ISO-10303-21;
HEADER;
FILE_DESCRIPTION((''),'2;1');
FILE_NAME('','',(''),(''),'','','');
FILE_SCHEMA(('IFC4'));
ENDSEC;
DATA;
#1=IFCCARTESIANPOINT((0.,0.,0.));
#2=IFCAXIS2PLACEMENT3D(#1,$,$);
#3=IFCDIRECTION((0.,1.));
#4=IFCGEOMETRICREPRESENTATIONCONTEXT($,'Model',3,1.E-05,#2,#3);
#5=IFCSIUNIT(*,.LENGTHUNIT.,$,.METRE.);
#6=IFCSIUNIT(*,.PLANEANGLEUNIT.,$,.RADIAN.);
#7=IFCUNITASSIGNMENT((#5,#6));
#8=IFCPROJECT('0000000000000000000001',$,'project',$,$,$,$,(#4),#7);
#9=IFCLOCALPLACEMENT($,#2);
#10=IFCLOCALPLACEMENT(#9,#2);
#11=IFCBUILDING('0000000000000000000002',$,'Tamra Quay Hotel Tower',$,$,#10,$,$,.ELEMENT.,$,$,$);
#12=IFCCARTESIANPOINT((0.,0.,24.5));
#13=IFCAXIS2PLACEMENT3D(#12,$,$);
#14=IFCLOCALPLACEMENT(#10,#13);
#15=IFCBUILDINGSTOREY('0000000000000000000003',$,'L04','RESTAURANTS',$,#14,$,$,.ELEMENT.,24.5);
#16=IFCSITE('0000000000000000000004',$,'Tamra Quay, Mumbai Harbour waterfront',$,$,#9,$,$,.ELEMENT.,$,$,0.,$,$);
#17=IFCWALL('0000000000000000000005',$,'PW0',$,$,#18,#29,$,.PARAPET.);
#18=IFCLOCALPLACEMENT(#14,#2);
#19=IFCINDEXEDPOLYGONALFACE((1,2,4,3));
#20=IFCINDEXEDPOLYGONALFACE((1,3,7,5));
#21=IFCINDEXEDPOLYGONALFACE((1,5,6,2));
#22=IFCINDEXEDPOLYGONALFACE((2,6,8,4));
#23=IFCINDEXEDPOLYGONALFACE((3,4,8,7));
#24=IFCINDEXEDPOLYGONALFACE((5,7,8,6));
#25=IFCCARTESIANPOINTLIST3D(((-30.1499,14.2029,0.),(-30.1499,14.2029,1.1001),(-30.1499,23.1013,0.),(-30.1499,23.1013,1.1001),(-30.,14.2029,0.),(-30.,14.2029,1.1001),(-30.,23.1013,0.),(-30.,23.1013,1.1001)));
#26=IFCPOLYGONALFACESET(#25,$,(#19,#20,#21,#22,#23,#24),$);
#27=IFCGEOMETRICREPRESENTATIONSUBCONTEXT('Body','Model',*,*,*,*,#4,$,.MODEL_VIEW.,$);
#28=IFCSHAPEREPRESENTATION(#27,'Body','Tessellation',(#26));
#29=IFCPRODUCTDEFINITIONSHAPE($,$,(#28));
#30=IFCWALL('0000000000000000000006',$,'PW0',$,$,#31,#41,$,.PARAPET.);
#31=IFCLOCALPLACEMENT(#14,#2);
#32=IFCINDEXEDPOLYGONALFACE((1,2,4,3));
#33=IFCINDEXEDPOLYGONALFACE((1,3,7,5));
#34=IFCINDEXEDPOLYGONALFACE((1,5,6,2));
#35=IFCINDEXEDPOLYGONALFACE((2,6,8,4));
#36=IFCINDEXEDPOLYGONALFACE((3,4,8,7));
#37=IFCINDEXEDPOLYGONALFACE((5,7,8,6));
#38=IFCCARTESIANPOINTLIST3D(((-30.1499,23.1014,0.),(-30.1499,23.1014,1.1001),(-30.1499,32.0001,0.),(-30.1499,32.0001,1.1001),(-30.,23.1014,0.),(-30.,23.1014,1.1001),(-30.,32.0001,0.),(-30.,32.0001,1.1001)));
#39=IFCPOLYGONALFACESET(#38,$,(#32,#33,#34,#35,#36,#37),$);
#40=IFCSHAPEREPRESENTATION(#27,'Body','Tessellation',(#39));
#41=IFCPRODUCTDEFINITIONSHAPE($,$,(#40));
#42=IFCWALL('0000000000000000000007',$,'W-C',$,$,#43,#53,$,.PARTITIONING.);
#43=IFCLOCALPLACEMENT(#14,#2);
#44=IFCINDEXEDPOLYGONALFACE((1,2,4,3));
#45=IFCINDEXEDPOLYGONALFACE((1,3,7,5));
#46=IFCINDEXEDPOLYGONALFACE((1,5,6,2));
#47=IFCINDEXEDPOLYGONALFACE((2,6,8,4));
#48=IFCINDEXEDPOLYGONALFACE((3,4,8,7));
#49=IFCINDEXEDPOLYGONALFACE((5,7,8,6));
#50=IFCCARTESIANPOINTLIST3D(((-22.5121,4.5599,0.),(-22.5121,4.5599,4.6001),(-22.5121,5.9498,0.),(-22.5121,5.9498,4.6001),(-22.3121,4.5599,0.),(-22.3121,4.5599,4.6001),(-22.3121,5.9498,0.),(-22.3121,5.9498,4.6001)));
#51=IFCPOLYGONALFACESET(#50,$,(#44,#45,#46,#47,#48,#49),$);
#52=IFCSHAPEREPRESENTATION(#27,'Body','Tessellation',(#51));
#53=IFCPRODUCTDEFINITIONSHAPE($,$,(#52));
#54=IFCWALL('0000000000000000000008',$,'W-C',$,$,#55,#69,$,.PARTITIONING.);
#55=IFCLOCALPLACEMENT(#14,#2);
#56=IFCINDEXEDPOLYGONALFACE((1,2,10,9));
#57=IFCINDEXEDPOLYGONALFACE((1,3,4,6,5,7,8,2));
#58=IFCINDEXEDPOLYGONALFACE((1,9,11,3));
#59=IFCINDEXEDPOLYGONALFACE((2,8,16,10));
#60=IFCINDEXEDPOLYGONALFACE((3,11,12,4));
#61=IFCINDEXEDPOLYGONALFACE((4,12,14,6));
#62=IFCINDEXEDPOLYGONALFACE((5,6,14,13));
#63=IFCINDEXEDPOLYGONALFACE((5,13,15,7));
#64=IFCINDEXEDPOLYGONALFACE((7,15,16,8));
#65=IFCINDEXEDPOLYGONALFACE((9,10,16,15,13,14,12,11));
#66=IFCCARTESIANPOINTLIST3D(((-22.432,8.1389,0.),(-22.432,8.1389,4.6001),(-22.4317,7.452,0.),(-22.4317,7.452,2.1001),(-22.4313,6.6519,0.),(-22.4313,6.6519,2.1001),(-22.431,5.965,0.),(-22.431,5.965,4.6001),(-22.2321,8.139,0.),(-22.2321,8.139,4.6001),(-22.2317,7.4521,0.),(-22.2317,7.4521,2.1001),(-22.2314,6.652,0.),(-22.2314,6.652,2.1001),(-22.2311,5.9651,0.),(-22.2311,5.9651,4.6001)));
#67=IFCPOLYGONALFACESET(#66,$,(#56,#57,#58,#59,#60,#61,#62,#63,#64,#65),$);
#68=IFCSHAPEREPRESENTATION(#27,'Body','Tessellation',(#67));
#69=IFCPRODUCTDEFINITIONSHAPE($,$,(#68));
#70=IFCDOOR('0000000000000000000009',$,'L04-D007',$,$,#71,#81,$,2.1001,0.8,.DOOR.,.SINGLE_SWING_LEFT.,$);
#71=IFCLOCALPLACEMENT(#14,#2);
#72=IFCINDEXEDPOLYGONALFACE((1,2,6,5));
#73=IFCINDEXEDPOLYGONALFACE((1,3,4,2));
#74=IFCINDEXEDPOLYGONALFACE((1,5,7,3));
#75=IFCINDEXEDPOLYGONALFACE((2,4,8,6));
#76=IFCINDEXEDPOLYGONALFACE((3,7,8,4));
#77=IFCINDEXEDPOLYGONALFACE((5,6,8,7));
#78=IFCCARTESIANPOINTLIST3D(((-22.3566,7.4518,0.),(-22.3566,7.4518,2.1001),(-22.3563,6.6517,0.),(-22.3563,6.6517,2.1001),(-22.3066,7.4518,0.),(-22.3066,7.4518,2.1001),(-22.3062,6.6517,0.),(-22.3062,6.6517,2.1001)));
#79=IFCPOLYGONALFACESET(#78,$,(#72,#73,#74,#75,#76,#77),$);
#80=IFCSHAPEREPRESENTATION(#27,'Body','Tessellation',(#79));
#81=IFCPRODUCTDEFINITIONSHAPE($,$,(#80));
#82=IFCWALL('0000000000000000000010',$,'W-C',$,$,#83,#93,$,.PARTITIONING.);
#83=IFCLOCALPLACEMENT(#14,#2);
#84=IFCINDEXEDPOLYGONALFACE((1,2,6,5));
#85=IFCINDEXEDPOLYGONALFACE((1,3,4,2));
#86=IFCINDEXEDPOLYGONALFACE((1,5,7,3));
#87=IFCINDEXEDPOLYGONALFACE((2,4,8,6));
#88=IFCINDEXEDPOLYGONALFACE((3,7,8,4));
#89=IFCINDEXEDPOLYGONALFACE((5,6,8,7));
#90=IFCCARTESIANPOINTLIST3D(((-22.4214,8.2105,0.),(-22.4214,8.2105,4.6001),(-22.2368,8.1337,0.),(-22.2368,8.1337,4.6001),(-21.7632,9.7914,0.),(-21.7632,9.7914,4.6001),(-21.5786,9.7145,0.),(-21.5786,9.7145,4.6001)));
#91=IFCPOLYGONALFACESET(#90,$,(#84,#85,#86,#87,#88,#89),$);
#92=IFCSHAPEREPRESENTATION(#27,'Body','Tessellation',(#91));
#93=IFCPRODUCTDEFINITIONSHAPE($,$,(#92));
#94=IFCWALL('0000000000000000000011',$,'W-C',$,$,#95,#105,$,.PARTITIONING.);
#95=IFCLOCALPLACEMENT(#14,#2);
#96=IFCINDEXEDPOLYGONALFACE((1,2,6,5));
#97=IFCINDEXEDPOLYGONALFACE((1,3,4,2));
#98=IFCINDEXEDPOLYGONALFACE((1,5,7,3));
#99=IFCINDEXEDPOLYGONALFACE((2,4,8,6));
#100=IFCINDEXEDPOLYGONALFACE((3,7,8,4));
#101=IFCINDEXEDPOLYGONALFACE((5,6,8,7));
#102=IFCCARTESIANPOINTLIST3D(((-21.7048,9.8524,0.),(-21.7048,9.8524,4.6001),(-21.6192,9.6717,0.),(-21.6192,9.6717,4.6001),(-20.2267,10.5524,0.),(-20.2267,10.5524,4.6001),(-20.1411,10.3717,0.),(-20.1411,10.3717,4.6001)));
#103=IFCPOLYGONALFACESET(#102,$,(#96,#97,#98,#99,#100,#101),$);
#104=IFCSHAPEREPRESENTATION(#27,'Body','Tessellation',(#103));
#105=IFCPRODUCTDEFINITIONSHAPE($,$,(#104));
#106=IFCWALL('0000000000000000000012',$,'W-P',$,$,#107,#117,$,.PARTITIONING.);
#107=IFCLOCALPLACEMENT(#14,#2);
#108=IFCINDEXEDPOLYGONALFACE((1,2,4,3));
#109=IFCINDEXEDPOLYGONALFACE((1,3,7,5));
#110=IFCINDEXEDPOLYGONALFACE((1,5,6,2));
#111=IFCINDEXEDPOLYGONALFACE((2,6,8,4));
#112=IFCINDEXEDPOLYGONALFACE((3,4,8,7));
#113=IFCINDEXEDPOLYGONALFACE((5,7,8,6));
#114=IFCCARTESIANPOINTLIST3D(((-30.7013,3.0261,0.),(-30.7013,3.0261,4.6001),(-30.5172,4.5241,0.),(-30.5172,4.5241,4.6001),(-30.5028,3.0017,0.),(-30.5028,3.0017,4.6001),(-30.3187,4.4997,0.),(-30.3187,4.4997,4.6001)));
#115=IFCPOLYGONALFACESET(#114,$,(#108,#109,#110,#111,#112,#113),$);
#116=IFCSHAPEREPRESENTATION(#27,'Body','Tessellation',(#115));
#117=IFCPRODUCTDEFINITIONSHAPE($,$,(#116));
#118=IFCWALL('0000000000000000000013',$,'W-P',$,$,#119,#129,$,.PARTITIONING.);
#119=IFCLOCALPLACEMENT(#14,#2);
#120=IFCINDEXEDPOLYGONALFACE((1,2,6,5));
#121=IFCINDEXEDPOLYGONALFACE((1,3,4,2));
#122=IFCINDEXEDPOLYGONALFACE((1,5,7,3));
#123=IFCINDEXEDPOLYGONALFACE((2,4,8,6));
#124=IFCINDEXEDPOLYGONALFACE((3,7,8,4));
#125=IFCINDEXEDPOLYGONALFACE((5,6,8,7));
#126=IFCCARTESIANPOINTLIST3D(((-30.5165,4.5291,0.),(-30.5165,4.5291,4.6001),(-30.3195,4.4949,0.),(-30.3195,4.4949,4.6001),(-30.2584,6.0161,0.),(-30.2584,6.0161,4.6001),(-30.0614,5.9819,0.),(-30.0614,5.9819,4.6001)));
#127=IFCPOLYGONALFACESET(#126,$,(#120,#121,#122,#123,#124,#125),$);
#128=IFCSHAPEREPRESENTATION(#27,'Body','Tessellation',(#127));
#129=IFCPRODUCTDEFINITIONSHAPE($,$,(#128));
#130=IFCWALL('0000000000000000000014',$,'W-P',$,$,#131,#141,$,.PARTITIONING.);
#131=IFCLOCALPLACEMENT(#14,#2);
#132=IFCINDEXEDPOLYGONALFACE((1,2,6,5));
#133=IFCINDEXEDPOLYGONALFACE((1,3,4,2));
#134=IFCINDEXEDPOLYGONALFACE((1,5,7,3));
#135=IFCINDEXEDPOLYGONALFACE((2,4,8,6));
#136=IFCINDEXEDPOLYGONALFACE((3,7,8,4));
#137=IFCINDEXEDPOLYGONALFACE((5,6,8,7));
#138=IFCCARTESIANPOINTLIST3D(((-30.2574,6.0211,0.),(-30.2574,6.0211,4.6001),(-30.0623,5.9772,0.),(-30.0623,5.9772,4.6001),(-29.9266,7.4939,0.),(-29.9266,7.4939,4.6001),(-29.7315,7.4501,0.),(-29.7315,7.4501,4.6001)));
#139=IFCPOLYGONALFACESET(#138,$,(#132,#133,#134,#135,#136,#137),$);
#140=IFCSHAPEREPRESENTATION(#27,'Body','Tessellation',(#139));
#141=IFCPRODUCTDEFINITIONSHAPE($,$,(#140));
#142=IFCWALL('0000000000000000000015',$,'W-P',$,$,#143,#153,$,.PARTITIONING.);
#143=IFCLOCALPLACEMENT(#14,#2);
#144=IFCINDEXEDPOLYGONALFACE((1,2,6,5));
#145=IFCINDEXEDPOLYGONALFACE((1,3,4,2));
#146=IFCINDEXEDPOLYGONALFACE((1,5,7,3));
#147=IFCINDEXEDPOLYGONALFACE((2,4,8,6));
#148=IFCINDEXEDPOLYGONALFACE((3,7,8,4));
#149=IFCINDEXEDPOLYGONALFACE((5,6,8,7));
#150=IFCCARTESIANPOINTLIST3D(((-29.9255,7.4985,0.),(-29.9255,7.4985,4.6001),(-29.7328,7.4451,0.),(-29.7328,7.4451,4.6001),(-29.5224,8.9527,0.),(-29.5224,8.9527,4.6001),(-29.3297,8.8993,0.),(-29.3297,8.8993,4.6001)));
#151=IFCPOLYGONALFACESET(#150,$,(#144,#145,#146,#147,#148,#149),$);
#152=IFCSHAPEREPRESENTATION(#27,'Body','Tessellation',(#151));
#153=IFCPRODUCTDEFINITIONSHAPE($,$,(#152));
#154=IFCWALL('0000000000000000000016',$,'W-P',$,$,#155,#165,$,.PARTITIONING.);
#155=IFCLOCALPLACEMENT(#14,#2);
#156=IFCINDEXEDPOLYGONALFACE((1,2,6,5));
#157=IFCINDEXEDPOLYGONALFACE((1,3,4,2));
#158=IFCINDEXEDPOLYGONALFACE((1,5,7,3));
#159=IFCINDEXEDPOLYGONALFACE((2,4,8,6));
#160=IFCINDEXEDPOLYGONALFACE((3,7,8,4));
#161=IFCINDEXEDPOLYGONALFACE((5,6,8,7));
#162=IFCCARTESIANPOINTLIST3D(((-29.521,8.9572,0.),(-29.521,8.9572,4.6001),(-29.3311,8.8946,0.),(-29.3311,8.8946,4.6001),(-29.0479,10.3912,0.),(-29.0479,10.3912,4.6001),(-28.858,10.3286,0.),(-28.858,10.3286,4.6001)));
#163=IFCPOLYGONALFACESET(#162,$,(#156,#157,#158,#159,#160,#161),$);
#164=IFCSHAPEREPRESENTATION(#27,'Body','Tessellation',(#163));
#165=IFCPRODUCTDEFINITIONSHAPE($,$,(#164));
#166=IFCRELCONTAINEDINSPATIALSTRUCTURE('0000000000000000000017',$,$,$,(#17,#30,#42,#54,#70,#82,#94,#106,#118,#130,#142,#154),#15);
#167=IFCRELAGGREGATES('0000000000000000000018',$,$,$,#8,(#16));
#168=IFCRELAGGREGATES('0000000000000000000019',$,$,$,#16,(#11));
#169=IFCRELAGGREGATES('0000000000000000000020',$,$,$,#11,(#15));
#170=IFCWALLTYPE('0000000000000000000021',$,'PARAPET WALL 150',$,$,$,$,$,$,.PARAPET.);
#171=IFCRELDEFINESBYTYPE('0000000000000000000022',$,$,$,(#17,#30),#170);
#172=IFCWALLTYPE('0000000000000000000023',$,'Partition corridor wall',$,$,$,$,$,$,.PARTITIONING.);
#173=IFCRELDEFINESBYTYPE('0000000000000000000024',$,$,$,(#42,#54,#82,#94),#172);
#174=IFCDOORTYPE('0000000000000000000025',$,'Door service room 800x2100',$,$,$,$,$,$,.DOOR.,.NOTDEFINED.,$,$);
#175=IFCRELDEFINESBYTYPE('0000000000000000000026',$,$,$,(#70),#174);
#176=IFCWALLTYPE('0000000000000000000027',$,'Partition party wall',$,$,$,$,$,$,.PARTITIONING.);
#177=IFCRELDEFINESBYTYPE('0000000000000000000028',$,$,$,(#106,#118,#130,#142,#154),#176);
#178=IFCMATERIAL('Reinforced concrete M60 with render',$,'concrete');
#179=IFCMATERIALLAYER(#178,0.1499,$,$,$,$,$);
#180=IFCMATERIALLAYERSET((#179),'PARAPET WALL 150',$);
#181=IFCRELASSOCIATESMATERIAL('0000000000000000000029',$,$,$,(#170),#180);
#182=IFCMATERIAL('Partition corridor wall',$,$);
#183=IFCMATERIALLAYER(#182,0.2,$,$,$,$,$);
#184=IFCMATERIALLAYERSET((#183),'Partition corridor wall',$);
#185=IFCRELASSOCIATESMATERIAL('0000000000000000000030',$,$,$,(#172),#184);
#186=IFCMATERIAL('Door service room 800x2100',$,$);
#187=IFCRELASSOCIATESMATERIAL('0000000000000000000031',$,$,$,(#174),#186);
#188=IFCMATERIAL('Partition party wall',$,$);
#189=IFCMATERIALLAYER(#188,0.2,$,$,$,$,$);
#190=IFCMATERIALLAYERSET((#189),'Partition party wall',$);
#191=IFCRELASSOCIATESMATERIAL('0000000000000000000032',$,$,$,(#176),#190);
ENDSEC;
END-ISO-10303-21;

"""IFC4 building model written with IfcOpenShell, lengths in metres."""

from ifc_helpers import new_model, si_unit, direction, frame, frame_2d, origin, place, context, subcontext, project, spatial, rectangle, extrude, material, layer, layer_set, type_object, element, fill, save


model = new_model("IFC4")

# Units and contexts
model_context = context("Model", 3, precision=1e-05, world=origin(), true_north=direction((0.0, 1.0)))
body_context = subcontext(model_context, "Body", "Model", "MODEL_VIEW")
ifc_project = project(units=[si_unit("LENGTHUNIT", "METRE"), si_unit("PLANEANGLEUNIT", "RADIAN")], contexts=[model_context])

# Site, building, storey
site_placement = place(None, origin())
site = spatial("IfcSite", under=ifc_project, at=site_placement, Name="Tamra Quay, Mumbai Harbour waterfront", CompositionType="ELEMENT", RefElevation=0.0)
building_placement = place(site_placement, origin())
building = spatial("IfcBuilding", under=site, at=building_placement, Name="Tamra Quay Hotel Tower", CompositionType="ELEMENT")
storey_placement = place(building_placement, frame((0.0, 0.0, 24.5)))
storey = spatial("IfcBuildingStorey", under=building, at=storey_placement, Name="L04", Description="RESTAURANTS", CompositionType="ELEMENT", Elevation=24.5)

# Walls
ifc_material_1 = material(Name="Reinforced concrete M60 with render", Category="concrete")
ifc_layer_1 = layer(ifc_material_1, 0.1499)
ifc_layer_set_1 = layer_set([ifc_layer_1], Name="PARAPET WALL 150")
wall_type_1 = type_object("IfcWallType", Name="PARAPET WALL 150", PredefinedType="PARAPET", material=ifc_layer_set_1)
wall_1_placement = place(storey_placement, frame((-30.075, 23.1013, 0.0), z_axis=(0.0, 0.0, 1.0), x_axis=(0.0, -1.0, 0.0)))
element("IfcWall", 1, at=wall_1_placement, inside=storey, type_object=wall_type_1, Name="PW0", PredefinedType="PARAPET", context=body_context, shape_type="SweptSolid", body=[
    extrude(rectangle(XDim=8.8984, YDim=0.1499, at=frame_2d((4.4492, 0.0))), origin(), (0.0, 0.0, 1.0), 1.1001),
])
wall_2_placement = place(storey_placement, frame((-30.075, 32.0, 0.0), z_axis=(0.0, 0.0, 1.0), x_axis=(0.0, -1.0, 0.0)))
element("IfcWall", 2, at=wall_2_placement, inside=storey, type_object=wall_type_1, Name="PW0", PredefinedType="PARAPET", context=body_context, shape_type="SweptSolid", body=[
    extrude(rectangle(XDim=8.8987, YDim=0.1499, at=frame_2d((4.4492, 0.0))), origin(), (0.0, 0.0, 1.0), 1.1001),
])
ifc_material_2 = material(Name="Partition corridor wall")
ifc_layer_2 = layer(ifc_material_2, 0.2)
ifc_layer_set_2 = layer_set([ifc_layer_2], Name="Partition corridor wall")
wall_type_2 = type_object("IfcWallType", Name="Partition corridor wall", PredefinedType="PARTITIONING", material=ifc_layer_set_2)
wall_3_placement = place(storey_placement, frame((-22.4121, 4.5601, 0.0), z_axis=(0.0, 0.0, 1.0), x_axis=(0.0, 1.0, 0.0)))
element("IfcWall", 3, at=wall_3_placement, inside=storey, type_object=wall_type_2, Name="W-C", PredefinedType="PARTITIONING", context=body_context, shape_type="SweptSolid", body=[
    extrude(rectangle(XDim=1.3899, YDim=0.2, at=frame_2d((0.6948, 0.0))), origin(), (0.0, 0.0, 1.0), 4.6001),
])

# Wall, opening, door
wall_4_placement = place(storey_placement, frame((-22.332, 8.1389, 0.0), z_axis=(0.0, 0.0, 1.0), x_axis=(0.000449, -1.0, 0.0)))
wall_4 = element("IfcWall", 4, at=wall_4_placement, inside=storey, type_object=wall_type_2, Name="W-C", PredefinedType="PARTITIONING", context=body_context, shape_type="SweptSolid", body=[
    extrude(rectangle(XDim=2.1738, YDim=0.2, at=frame_2d((1.0869, 0.0))), origin(), (0.0, 0.0, 1.0), 4.6001),
])
opening_1_placement = place(wall_4_placement, frame((0.687, 0.0, 0.0)))
opening_1 = element("IfcOpeningElement", 5, at=opening_1_placement, cuts=wall_4, PredefinedType="OPENING", context=body_context, shape_type="SweptSolid", body=[
    extrude(rectangle(XDim=0.8, YDim=2.1001, at=frame_2d((0.3999, 1.05))), frame((0.0, 0.1099, 0.0), z_axis=(0.0, -1.0, 0.0), x_axis=(1.0, 0.0, 0.0)), (0.0, 0.0, 1.0), 0.22),
])
ifc_material_3 = material(Name="Door service room 800x2100")
door_type_1 = type_object("IfcDoorType", Name="Door service room 800x2100", OperationType="NOTDEFINED", PredefinedType="DOOR", material=ifc_material_3)
door_1_placement = place(opening_1_placement, frame((0.8, 0.0, 0.0), z_axis=(0.0, 0.0, 1.0), x_axis=(-1.0, 0.0, 0.0)))
door_1 = element("IfcDoor", 6, at=door_1_placement, inside=storey, type_object=door_type_1, Name="L04-D007", OperationType="SINGLE_SWING_LEFT", OverallHeight=2.1001, OverallWidth=0.8, PredefinedType="DOOR", context=body_context, shape_type="SweptSolid", body=[
    extrude(rectangle(XDim=0.8, YDim=2.1001, at=frame_2d((0.3999, 1.05))), frame((0.0, 0.0249, 0.0), z_axis=(0.0, -1.0, 0.0), x_axis=(1.0, 0.0, 0.0)), (0.0, 0.0, 1.0), 0.05),
])
fill(opening_1, door_1)

# Walls
wall_5_placement = place(storey_placement, frame((-22.3291, 8.1721, 0.0), z_axis=(0.0, 0.0, 1.0), x_axis=(0.384383, 0.923174, 0.0)))
element("IfcWall", 7, at=wall_5_placement, inside=storey, type_object=wall_type_2, Name="W-C", PredefinedType="PARTITIONING", context=body_context, shape_type="SweptSolid", body=[
    extrude(rectangle(XDim=1.7124, YDim=0.2, at=frame_2d((0.8562, 0.0))), origin(), (0.0, 0.0, 1.0), 4.6001),
])
wall_6_placement = place(storey_placement, frame((-21.6621, 9.762, 0.0), z_axis=(0.0, 0.0, 1.0), x_axis=(0.903777, 0.428003, 0.0)))
element("IfcWall", 8, at=wall_6_placement, inside=storey, type_object=wall_type_2, Name="W-C", PredefinedType="PARTITIONING", context=body_context, shape_type="SweptSolid", body=[
    extrude(rectangle(XDim=1.6355, YDim=0.2, at=frame_2d((0.8179, 0.0))), origin(), (0.0, 0.0, 1.0), 4.6001),
])
ifc_material_4 = material(Name="Partition party wall")
ifc_layer_3 = layer(ifc_material_4, 0.2)
ifc_layer_set_3 = layer_set([ifc_layer_3], Name="Partition party wall")
wall_type_3 = type_object("IfcWallType", Name="Partition party wall", PredefinedType="PARTITIONING", material=ifc_layer_set_3)
for number, where, z_axis, x_axis, name in (
    (9, (-30.6021, 3.0139, 0.0), (0.0, 0.0, 1.0), (0.121964, 0.992535, 0.0), "W-P"),
    (10, (-30.418, 4.512, 0.0), (0.0, 0.0, 1.0), (0.170979, 0.985275, 0.0), "W-P"),
):
    element("IfcWall", number, at=place(storey_placement, frame(where, z_axis=z_axis, x_axis=x_axis)), inside=storey, type_object=wall_type_3, Name=name, PredefinedType="PARTITIONING", context=body_context, shape_type="SweptSolid", body=[
        extrude(rectangle(XDim=1.5093, YDim=0.2, at=frame_2d((0.7546, 0.0))), origin(), (0.0, 0.0, 1.0), 4.6001),
    ])
wall_7_placement = place(storey_placement, frame((-30.1599, 5.999, 0.0), z_axis=(0.0, 0.0, 1.0), x_axis=(0.219139, 0.975694, 0.0)))
element("IfcWall", 11, at=wall_7_placement, inside=storey, type_object=wall_type_3, Name="W-P", PredefinedType="PARTITIONING", context=body_context, shape_type="SweptSolid", body=[
    extrude(rectangle(XDim=1.5095, YDim=0.2, at=frame_2d((0.7549, 0.0))), origin(), (0.0, 0.0, 1.0), 4.6001),
])
wall_8_placement = place(storey_placement, frame((-29.8291, 7.4719, 0.0), z_axis=(0.0, 0.0, 1.0), x_axis=(0.267126, 0.963661, 0.0)))
element("IfcWall", 12, at=wall_8_placement, inside=storey, type_object=wall_type_3, Name="W-P", PredefinedType="PARTITIONING", context=body_context, shape_type="SweptSolid", body=[
    extrude(rectangle(XDim=1.509, YDim=0.2, at=frame_2d((0.7544, 0.0))), origin(), (0.0, 0.0, 1.0), 4.6001),
])
wall_9_placement = place(storey_placement, frame((-29.426, 8.926, 0.0), z_axis=(0.0, 0.0, 1.0), x_axis=(0.313316, 0.949649, 0.0)))
element("IfcWall", 13, at=wall_9_placement, inside=storey, type_object=wall_type_3, Name="W-P", PredefinedType="PARTITIONING", context=body_context, shape_type="SweptSolid", body=[
    extrude(rectangle(XDim=1.51, YDim=0.2, at=frame_2d((0.7549, 0.0))), origin(), (0.0, 0.0, 1.0), 4.6001),
])

save(model, "model.ifc")
